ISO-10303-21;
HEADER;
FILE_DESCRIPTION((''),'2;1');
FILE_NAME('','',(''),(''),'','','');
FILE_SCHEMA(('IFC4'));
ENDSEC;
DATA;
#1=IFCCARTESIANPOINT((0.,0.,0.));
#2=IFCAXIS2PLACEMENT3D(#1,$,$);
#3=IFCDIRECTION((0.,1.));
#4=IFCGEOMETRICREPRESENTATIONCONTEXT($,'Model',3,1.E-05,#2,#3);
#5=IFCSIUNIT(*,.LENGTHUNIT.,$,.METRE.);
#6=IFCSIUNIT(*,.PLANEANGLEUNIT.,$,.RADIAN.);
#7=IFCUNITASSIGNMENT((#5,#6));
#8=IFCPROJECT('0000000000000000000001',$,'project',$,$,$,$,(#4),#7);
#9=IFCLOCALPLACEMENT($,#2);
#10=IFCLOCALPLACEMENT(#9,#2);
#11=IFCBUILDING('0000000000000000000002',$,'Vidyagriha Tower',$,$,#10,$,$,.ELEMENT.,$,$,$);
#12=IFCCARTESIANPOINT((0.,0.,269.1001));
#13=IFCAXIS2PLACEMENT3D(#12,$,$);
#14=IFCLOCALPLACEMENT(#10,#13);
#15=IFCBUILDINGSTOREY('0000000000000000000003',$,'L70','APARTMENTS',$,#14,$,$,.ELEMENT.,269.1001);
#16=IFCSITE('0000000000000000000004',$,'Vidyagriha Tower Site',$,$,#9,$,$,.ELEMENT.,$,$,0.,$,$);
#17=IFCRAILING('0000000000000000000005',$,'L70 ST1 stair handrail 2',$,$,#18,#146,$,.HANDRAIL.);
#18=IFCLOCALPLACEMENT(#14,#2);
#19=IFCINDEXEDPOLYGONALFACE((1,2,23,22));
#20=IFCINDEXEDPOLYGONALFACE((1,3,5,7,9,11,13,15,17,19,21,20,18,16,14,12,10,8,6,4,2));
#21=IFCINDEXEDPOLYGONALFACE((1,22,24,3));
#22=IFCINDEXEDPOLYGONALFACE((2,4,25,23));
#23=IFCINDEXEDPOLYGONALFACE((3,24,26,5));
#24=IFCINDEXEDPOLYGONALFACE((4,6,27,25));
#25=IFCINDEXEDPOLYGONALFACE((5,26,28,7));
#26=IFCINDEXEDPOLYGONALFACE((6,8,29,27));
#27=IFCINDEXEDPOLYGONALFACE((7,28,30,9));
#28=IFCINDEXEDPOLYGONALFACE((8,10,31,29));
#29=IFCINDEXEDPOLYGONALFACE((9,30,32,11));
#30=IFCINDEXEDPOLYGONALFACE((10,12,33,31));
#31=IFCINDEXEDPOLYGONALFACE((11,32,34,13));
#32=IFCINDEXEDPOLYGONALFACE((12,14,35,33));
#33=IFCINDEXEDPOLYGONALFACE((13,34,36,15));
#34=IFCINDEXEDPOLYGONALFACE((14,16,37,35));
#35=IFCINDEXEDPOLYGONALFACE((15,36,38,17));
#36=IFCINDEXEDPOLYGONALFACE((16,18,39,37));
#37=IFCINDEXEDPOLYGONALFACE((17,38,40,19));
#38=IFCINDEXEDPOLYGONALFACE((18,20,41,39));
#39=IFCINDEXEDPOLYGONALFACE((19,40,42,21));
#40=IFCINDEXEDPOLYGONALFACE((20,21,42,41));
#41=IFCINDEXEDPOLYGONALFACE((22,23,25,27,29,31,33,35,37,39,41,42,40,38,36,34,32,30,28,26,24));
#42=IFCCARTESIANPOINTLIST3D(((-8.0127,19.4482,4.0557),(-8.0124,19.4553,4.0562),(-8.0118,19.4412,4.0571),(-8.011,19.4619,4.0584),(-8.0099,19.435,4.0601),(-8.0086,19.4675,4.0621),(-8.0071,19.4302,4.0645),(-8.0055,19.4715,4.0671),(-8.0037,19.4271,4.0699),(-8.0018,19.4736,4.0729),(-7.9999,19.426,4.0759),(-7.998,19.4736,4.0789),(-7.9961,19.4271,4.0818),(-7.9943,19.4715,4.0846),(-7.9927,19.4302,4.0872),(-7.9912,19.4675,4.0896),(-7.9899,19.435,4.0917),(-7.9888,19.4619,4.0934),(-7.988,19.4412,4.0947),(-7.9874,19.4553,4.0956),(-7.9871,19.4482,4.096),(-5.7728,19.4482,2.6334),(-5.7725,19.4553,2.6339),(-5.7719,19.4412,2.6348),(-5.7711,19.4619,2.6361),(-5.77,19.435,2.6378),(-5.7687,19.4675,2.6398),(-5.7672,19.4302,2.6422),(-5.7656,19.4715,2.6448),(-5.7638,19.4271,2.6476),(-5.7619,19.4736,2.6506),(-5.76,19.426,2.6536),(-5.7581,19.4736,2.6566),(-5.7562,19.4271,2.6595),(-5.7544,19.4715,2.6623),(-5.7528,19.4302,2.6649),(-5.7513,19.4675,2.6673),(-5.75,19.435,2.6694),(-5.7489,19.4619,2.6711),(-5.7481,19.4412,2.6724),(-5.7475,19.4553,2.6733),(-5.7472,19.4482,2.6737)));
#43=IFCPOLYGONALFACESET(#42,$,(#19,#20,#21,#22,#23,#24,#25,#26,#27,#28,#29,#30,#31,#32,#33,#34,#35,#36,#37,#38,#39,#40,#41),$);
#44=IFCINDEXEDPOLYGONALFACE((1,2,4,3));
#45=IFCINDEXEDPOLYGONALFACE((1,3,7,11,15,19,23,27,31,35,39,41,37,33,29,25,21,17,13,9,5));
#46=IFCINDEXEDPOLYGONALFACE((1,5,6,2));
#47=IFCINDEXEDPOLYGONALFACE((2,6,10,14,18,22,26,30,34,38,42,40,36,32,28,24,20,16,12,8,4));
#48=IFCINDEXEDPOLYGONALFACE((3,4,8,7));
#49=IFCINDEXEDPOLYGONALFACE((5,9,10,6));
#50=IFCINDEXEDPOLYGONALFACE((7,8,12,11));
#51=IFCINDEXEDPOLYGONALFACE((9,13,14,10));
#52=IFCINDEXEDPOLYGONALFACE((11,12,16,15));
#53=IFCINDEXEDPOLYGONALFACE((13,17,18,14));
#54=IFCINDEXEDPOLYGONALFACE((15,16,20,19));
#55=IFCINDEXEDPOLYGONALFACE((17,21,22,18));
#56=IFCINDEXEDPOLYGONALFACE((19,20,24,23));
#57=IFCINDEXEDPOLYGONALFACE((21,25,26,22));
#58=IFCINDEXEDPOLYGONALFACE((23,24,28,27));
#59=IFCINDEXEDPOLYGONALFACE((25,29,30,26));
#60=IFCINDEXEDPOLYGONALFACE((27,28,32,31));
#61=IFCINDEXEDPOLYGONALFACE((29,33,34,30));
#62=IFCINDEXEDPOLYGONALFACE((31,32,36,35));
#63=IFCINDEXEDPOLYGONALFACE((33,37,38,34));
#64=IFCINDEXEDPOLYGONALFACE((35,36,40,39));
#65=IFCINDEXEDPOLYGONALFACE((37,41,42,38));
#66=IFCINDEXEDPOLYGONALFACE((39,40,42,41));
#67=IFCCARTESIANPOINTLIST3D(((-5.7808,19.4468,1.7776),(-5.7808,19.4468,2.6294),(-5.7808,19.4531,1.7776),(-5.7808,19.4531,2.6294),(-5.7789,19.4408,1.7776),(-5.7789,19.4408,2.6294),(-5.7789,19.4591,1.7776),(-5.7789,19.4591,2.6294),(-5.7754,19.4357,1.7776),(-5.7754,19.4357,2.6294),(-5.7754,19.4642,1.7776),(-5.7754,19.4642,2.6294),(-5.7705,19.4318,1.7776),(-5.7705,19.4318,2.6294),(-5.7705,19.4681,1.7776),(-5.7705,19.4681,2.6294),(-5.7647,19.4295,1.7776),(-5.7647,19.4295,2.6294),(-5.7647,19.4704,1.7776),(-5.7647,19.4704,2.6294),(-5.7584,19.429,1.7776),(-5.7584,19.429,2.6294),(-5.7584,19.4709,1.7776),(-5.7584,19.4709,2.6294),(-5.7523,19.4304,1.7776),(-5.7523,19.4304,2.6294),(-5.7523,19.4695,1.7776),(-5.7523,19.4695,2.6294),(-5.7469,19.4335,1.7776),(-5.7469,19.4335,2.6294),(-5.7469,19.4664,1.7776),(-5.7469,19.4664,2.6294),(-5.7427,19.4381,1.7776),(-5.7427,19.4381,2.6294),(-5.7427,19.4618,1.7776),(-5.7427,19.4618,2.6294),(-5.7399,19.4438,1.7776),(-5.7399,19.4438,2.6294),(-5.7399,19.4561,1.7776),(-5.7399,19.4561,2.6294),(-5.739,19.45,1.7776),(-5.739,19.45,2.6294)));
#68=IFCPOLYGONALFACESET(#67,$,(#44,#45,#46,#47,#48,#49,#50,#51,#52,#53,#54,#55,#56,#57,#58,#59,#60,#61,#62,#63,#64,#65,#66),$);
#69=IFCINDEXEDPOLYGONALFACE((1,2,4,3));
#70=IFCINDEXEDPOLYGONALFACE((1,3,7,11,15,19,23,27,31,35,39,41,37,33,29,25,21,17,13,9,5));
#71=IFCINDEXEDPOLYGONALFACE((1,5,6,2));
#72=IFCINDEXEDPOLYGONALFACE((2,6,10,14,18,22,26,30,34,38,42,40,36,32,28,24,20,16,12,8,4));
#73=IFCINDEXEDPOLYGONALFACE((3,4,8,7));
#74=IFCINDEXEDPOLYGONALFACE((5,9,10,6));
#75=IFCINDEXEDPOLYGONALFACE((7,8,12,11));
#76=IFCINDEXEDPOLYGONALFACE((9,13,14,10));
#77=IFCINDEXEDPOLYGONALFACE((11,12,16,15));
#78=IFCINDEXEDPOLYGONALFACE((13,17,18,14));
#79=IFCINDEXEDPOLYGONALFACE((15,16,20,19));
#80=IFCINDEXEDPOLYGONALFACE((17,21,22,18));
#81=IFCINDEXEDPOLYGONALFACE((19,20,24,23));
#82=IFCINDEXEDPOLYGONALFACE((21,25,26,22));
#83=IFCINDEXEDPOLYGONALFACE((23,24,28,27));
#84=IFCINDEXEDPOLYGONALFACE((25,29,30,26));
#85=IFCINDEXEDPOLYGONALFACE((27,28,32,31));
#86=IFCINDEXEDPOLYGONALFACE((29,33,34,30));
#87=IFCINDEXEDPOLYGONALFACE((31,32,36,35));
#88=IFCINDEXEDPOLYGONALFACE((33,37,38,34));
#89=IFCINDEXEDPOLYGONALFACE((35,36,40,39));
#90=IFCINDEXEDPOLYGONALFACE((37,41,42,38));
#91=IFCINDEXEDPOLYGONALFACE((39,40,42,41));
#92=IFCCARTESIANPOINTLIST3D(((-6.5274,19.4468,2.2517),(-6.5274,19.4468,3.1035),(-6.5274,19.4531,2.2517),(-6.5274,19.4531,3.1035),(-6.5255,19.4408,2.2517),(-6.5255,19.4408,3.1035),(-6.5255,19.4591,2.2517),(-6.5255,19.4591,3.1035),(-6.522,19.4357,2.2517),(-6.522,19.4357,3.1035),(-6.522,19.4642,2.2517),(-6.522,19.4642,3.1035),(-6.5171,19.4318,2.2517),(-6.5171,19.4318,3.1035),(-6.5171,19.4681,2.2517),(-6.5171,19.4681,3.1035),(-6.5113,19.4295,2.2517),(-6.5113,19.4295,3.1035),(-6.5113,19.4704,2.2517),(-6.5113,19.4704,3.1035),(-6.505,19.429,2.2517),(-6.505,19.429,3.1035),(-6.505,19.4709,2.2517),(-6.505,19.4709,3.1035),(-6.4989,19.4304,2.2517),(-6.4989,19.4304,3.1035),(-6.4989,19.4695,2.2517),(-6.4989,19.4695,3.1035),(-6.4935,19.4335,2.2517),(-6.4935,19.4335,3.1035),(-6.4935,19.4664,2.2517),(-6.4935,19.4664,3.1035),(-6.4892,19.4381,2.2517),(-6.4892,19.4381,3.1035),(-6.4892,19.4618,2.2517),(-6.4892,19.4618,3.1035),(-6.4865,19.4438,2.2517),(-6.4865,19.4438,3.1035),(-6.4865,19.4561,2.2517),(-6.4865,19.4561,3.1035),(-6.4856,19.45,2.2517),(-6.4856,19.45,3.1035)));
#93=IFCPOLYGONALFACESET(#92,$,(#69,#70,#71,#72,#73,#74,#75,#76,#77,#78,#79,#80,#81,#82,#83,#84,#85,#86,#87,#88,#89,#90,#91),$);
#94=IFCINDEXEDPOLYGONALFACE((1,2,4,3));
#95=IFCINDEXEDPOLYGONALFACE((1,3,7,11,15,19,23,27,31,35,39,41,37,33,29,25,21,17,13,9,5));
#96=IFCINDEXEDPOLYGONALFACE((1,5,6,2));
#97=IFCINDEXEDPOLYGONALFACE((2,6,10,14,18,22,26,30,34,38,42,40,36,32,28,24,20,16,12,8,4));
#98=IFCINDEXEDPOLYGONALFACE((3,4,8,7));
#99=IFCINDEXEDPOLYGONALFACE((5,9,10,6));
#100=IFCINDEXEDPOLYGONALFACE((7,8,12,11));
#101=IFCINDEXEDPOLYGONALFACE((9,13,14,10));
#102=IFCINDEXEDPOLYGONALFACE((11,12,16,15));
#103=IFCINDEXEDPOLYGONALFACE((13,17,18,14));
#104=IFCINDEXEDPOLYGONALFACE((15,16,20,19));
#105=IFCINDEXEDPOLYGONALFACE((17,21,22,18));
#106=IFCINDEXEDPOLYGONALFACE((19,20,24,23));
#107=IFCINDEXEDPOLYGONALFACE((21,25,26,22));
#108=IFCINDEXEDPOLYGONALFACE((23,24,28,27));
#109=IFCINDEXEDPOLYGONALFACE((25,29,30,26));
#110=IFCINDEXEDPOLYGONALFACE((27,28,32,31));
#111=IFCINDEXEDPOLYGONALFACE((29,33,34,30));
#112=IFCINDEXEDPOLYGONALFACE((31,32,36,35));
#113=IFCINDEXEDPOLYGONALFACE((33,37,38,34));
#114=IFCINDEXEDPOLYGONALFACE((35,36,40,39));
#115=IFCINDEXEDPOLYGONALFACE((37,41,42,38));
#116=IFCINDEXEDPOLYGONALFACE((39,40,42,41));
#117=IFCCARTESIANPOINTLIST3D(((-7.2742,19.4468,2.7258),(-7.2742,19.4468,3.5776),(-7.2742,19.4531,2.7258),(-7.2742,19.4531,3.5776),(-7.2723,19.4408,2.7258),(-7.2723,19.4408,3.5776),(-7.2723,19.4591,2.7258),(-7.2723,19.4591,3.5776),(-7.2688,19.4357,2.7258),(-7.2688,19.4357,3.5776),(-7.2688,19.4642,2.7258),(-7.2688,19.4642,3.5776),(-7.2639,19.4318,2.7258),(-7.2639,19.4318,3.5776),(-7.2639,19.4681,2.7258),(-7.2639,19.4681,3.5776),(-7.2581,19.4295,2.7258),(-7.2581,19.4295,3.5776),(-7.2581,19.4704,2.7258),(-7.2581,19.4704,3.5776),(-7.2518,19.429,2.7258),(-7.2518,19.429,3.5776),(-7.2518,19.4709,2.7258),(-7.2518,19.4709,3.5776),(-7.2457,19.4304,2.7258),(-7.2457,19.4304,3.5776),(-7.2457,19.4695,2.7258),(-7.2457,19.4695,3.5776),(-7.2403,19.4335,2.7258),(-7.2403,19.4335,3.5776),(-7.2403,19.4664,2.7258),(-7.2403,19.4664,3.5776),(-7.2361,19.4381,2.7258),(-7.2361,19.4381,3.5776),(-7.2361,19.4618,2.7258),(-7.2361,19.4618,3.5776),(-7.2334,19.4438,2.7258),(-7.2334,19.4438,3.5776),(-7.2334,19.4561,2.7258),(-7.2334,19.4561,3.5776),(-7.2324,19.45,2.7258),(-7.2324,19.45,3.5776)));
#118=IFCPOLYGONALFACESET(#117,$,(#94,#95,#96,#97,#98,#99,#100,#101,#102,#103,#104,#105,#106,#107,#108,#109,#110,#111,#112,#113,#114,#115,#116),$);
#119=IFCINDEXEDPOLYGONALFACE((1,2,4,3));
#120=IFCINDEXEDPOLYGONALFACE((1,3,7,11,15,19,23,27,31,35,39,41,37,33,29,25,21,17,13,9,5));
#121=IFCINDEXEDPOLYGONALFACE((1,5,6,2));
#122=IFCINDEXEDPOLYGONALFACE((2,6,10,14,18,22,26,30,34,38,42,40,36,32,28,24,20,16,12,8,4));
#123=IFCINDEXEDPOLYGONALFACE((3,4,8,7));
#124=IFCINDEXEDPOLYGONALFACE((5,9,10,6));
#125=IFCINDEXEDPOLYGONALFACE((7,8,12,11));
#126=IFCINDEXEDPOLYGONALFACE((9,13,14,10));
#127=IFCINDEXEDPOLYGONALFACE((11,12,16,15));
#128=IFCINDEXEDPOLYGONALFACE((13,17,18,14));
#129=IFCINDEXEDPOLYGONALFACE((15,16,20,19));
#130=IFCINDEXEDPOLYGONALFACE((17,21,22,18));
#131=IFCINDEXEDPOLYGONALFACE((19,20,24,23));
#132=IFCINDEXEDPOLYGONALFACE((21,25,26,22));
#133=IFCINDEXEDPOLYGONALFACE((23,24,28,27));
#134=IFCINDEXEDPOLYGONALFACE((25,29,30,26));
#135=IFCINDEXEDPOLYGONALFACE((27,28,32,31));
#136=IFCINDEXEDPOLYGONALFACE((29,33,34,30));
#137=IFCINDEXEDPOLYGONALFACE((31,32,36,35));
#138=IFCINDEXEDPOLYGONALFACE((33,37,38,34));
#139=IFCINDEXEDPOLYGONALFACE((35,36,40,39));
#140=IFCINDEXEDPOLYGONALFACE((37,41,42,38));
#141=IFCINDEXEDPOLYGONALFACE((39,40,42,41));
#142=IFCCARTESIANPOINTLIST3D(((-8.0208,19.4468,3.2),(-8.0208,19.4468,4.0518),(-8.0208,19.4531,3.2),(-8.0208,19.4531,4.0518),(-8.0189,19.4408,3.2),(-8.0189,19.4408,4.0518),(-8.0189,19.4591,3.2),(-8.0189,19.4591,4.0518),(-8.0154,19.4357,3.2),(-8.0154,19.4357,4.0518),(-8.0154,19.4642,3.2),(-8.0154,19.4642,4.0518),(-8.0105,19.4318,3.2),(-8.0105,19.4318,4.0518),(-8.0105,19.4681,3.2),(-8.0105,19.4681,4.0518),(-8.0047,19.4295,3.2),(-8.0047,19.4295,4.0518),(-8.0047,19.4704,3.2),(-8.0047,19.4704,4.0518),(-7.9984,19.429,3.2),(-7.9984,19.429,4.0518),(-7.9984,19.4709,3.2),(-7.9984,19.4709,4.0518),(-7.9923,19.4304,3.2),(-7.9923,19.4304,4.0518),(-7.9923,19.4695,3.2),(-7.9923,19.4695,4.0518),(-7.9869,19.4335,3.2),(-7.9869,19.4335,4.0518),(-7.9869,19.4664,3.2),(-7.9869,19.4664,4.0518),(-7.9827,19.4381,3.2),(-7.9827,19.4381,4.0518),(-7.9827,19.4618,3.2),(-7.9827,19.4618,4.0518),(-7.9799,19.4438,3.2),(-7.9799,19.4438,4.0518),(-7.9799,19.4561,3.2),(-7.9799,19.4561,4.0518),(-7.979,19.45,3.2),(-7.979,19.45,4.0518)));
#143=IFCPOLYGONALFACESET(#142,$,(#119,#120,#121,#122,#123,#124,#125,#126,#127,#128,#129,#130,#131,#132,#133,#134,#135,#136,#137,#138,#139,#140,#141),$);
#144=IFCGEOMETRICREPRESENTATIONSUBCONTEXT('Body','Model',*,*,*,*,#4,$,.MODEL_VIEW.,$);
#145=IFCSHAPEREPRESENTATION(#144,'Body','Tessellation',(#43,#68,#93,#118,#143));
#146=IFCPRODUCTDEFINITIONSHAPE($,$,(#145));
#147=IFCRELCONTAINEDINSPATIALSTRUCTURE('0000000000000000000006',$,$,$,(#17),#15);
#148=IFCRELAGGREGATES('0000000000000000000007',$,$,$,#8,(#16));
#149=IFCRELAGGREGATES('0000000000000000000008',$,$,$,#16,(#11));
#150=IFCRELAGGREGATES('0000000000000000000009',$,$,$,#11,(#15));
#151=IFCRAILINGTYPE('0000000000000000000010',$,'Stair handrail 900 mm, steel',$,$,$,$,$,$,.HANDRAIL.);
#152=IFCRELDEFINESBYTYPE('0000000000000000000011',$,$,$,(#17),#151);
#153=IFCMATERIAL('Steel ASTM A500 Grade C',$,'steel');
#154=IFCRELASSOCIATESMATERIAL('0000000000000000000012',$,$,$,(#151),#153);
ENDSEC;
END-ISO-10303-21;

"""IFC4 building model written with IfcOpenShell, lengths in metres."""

from ifc_helpers import new_model, si_unit, direction, frame, origin, origin_2d, place, context, subcontext, project, spatial, circle, extrude, material, type_object, element, save


model = new_model("IFC4")

# Units and contexts
model_context = context("Model", 3, precision=1e-05, world=origin(), true_north=direction((0.0, 1.0)))
body_context = subcontext(model_context, "Body", "Model", "MODEL_VIEW")
ifc_project = project(units=[si_unit("LENGTHUNIT", "METRE"), si_unit("PLANEANGLEUNIT", "RADIAN")], contexts=[model_context])

# Site, building, storey
site_placement = place(None, origin())
site = spatial("IfcSite", under=ifc_project, at=site_placement, Name="Vidyagriha Tower Site", CompositionType="ELEMENT", RefElevation=0.0)
building_placement = place(site_placement, origin())
building = spatial("IfcBuilding", under=site, at=building_placement, Name="Vidyagriha Tower", CompositionType="ELEMENT")
storey_placement = place(building_placement, frame((0.0, 0.0, 269.1001)))
storey = spatial("IfcBuildingStorey", under=building, at=storey_placement, Name="L70", Description="APARTMENTS", CompositionType="ELEMENT", Elevation=269.1001)

# Railing
ifc_material_1 = material(Name="Steel ASTM A500 Grade C", Category="steel")
railing_type_1 = type_object("IfcRailingType", Name="Stair handrail 900 mm, steel", PredefinedType="HANDRAIL", material=ifc_material_1)
for number, where, name in (
    (1, (-5.76, 19.45, 1.7776), "L70 ST1 stair handrail 2"),
):
    element("IfcRailing", number, at=place(storey_placement, frame(where)), inside=storey, type_object=railing_type_1, Name=name, PredefinedType="HANDRAIL", context=body_context, shape_type="SweptSolid", body=[
        extrude(circle(Radius=0.0239, at=origin_2d()), frame((0.0, 0.0, 0.876), z_axis=(-0.844188, 0.0, 0.536048), x_axis=(0.0, -1.0, 0.0)), (0.0, 0.0, 1.0), 2.6533),
        extrude(circle(Radius=0.021, at=origin_2d()), origin(), (0.0, 0.0, 1.0), 0.8518),
        extrude(circle(Radius=0.021, at=origin_2d()), frame((-0.7466, 0.0, 0.4741)), (0.0, 0.0, 1.0), 0.8518),
        extrude(circle(Radius=0.021, at=origin_2d()), frame((-1.4934, 0.0, 0.9482)), (0.0, 0.0, 1.0), 0.8518),
        extrude(circle(Radius=0.021, at=origin_2d()), frame((-2.24, 0.0, 1.4224)), (0.0, 0.0, 1.0), 0.8518),
    ])

save(model, "model.ifc")
